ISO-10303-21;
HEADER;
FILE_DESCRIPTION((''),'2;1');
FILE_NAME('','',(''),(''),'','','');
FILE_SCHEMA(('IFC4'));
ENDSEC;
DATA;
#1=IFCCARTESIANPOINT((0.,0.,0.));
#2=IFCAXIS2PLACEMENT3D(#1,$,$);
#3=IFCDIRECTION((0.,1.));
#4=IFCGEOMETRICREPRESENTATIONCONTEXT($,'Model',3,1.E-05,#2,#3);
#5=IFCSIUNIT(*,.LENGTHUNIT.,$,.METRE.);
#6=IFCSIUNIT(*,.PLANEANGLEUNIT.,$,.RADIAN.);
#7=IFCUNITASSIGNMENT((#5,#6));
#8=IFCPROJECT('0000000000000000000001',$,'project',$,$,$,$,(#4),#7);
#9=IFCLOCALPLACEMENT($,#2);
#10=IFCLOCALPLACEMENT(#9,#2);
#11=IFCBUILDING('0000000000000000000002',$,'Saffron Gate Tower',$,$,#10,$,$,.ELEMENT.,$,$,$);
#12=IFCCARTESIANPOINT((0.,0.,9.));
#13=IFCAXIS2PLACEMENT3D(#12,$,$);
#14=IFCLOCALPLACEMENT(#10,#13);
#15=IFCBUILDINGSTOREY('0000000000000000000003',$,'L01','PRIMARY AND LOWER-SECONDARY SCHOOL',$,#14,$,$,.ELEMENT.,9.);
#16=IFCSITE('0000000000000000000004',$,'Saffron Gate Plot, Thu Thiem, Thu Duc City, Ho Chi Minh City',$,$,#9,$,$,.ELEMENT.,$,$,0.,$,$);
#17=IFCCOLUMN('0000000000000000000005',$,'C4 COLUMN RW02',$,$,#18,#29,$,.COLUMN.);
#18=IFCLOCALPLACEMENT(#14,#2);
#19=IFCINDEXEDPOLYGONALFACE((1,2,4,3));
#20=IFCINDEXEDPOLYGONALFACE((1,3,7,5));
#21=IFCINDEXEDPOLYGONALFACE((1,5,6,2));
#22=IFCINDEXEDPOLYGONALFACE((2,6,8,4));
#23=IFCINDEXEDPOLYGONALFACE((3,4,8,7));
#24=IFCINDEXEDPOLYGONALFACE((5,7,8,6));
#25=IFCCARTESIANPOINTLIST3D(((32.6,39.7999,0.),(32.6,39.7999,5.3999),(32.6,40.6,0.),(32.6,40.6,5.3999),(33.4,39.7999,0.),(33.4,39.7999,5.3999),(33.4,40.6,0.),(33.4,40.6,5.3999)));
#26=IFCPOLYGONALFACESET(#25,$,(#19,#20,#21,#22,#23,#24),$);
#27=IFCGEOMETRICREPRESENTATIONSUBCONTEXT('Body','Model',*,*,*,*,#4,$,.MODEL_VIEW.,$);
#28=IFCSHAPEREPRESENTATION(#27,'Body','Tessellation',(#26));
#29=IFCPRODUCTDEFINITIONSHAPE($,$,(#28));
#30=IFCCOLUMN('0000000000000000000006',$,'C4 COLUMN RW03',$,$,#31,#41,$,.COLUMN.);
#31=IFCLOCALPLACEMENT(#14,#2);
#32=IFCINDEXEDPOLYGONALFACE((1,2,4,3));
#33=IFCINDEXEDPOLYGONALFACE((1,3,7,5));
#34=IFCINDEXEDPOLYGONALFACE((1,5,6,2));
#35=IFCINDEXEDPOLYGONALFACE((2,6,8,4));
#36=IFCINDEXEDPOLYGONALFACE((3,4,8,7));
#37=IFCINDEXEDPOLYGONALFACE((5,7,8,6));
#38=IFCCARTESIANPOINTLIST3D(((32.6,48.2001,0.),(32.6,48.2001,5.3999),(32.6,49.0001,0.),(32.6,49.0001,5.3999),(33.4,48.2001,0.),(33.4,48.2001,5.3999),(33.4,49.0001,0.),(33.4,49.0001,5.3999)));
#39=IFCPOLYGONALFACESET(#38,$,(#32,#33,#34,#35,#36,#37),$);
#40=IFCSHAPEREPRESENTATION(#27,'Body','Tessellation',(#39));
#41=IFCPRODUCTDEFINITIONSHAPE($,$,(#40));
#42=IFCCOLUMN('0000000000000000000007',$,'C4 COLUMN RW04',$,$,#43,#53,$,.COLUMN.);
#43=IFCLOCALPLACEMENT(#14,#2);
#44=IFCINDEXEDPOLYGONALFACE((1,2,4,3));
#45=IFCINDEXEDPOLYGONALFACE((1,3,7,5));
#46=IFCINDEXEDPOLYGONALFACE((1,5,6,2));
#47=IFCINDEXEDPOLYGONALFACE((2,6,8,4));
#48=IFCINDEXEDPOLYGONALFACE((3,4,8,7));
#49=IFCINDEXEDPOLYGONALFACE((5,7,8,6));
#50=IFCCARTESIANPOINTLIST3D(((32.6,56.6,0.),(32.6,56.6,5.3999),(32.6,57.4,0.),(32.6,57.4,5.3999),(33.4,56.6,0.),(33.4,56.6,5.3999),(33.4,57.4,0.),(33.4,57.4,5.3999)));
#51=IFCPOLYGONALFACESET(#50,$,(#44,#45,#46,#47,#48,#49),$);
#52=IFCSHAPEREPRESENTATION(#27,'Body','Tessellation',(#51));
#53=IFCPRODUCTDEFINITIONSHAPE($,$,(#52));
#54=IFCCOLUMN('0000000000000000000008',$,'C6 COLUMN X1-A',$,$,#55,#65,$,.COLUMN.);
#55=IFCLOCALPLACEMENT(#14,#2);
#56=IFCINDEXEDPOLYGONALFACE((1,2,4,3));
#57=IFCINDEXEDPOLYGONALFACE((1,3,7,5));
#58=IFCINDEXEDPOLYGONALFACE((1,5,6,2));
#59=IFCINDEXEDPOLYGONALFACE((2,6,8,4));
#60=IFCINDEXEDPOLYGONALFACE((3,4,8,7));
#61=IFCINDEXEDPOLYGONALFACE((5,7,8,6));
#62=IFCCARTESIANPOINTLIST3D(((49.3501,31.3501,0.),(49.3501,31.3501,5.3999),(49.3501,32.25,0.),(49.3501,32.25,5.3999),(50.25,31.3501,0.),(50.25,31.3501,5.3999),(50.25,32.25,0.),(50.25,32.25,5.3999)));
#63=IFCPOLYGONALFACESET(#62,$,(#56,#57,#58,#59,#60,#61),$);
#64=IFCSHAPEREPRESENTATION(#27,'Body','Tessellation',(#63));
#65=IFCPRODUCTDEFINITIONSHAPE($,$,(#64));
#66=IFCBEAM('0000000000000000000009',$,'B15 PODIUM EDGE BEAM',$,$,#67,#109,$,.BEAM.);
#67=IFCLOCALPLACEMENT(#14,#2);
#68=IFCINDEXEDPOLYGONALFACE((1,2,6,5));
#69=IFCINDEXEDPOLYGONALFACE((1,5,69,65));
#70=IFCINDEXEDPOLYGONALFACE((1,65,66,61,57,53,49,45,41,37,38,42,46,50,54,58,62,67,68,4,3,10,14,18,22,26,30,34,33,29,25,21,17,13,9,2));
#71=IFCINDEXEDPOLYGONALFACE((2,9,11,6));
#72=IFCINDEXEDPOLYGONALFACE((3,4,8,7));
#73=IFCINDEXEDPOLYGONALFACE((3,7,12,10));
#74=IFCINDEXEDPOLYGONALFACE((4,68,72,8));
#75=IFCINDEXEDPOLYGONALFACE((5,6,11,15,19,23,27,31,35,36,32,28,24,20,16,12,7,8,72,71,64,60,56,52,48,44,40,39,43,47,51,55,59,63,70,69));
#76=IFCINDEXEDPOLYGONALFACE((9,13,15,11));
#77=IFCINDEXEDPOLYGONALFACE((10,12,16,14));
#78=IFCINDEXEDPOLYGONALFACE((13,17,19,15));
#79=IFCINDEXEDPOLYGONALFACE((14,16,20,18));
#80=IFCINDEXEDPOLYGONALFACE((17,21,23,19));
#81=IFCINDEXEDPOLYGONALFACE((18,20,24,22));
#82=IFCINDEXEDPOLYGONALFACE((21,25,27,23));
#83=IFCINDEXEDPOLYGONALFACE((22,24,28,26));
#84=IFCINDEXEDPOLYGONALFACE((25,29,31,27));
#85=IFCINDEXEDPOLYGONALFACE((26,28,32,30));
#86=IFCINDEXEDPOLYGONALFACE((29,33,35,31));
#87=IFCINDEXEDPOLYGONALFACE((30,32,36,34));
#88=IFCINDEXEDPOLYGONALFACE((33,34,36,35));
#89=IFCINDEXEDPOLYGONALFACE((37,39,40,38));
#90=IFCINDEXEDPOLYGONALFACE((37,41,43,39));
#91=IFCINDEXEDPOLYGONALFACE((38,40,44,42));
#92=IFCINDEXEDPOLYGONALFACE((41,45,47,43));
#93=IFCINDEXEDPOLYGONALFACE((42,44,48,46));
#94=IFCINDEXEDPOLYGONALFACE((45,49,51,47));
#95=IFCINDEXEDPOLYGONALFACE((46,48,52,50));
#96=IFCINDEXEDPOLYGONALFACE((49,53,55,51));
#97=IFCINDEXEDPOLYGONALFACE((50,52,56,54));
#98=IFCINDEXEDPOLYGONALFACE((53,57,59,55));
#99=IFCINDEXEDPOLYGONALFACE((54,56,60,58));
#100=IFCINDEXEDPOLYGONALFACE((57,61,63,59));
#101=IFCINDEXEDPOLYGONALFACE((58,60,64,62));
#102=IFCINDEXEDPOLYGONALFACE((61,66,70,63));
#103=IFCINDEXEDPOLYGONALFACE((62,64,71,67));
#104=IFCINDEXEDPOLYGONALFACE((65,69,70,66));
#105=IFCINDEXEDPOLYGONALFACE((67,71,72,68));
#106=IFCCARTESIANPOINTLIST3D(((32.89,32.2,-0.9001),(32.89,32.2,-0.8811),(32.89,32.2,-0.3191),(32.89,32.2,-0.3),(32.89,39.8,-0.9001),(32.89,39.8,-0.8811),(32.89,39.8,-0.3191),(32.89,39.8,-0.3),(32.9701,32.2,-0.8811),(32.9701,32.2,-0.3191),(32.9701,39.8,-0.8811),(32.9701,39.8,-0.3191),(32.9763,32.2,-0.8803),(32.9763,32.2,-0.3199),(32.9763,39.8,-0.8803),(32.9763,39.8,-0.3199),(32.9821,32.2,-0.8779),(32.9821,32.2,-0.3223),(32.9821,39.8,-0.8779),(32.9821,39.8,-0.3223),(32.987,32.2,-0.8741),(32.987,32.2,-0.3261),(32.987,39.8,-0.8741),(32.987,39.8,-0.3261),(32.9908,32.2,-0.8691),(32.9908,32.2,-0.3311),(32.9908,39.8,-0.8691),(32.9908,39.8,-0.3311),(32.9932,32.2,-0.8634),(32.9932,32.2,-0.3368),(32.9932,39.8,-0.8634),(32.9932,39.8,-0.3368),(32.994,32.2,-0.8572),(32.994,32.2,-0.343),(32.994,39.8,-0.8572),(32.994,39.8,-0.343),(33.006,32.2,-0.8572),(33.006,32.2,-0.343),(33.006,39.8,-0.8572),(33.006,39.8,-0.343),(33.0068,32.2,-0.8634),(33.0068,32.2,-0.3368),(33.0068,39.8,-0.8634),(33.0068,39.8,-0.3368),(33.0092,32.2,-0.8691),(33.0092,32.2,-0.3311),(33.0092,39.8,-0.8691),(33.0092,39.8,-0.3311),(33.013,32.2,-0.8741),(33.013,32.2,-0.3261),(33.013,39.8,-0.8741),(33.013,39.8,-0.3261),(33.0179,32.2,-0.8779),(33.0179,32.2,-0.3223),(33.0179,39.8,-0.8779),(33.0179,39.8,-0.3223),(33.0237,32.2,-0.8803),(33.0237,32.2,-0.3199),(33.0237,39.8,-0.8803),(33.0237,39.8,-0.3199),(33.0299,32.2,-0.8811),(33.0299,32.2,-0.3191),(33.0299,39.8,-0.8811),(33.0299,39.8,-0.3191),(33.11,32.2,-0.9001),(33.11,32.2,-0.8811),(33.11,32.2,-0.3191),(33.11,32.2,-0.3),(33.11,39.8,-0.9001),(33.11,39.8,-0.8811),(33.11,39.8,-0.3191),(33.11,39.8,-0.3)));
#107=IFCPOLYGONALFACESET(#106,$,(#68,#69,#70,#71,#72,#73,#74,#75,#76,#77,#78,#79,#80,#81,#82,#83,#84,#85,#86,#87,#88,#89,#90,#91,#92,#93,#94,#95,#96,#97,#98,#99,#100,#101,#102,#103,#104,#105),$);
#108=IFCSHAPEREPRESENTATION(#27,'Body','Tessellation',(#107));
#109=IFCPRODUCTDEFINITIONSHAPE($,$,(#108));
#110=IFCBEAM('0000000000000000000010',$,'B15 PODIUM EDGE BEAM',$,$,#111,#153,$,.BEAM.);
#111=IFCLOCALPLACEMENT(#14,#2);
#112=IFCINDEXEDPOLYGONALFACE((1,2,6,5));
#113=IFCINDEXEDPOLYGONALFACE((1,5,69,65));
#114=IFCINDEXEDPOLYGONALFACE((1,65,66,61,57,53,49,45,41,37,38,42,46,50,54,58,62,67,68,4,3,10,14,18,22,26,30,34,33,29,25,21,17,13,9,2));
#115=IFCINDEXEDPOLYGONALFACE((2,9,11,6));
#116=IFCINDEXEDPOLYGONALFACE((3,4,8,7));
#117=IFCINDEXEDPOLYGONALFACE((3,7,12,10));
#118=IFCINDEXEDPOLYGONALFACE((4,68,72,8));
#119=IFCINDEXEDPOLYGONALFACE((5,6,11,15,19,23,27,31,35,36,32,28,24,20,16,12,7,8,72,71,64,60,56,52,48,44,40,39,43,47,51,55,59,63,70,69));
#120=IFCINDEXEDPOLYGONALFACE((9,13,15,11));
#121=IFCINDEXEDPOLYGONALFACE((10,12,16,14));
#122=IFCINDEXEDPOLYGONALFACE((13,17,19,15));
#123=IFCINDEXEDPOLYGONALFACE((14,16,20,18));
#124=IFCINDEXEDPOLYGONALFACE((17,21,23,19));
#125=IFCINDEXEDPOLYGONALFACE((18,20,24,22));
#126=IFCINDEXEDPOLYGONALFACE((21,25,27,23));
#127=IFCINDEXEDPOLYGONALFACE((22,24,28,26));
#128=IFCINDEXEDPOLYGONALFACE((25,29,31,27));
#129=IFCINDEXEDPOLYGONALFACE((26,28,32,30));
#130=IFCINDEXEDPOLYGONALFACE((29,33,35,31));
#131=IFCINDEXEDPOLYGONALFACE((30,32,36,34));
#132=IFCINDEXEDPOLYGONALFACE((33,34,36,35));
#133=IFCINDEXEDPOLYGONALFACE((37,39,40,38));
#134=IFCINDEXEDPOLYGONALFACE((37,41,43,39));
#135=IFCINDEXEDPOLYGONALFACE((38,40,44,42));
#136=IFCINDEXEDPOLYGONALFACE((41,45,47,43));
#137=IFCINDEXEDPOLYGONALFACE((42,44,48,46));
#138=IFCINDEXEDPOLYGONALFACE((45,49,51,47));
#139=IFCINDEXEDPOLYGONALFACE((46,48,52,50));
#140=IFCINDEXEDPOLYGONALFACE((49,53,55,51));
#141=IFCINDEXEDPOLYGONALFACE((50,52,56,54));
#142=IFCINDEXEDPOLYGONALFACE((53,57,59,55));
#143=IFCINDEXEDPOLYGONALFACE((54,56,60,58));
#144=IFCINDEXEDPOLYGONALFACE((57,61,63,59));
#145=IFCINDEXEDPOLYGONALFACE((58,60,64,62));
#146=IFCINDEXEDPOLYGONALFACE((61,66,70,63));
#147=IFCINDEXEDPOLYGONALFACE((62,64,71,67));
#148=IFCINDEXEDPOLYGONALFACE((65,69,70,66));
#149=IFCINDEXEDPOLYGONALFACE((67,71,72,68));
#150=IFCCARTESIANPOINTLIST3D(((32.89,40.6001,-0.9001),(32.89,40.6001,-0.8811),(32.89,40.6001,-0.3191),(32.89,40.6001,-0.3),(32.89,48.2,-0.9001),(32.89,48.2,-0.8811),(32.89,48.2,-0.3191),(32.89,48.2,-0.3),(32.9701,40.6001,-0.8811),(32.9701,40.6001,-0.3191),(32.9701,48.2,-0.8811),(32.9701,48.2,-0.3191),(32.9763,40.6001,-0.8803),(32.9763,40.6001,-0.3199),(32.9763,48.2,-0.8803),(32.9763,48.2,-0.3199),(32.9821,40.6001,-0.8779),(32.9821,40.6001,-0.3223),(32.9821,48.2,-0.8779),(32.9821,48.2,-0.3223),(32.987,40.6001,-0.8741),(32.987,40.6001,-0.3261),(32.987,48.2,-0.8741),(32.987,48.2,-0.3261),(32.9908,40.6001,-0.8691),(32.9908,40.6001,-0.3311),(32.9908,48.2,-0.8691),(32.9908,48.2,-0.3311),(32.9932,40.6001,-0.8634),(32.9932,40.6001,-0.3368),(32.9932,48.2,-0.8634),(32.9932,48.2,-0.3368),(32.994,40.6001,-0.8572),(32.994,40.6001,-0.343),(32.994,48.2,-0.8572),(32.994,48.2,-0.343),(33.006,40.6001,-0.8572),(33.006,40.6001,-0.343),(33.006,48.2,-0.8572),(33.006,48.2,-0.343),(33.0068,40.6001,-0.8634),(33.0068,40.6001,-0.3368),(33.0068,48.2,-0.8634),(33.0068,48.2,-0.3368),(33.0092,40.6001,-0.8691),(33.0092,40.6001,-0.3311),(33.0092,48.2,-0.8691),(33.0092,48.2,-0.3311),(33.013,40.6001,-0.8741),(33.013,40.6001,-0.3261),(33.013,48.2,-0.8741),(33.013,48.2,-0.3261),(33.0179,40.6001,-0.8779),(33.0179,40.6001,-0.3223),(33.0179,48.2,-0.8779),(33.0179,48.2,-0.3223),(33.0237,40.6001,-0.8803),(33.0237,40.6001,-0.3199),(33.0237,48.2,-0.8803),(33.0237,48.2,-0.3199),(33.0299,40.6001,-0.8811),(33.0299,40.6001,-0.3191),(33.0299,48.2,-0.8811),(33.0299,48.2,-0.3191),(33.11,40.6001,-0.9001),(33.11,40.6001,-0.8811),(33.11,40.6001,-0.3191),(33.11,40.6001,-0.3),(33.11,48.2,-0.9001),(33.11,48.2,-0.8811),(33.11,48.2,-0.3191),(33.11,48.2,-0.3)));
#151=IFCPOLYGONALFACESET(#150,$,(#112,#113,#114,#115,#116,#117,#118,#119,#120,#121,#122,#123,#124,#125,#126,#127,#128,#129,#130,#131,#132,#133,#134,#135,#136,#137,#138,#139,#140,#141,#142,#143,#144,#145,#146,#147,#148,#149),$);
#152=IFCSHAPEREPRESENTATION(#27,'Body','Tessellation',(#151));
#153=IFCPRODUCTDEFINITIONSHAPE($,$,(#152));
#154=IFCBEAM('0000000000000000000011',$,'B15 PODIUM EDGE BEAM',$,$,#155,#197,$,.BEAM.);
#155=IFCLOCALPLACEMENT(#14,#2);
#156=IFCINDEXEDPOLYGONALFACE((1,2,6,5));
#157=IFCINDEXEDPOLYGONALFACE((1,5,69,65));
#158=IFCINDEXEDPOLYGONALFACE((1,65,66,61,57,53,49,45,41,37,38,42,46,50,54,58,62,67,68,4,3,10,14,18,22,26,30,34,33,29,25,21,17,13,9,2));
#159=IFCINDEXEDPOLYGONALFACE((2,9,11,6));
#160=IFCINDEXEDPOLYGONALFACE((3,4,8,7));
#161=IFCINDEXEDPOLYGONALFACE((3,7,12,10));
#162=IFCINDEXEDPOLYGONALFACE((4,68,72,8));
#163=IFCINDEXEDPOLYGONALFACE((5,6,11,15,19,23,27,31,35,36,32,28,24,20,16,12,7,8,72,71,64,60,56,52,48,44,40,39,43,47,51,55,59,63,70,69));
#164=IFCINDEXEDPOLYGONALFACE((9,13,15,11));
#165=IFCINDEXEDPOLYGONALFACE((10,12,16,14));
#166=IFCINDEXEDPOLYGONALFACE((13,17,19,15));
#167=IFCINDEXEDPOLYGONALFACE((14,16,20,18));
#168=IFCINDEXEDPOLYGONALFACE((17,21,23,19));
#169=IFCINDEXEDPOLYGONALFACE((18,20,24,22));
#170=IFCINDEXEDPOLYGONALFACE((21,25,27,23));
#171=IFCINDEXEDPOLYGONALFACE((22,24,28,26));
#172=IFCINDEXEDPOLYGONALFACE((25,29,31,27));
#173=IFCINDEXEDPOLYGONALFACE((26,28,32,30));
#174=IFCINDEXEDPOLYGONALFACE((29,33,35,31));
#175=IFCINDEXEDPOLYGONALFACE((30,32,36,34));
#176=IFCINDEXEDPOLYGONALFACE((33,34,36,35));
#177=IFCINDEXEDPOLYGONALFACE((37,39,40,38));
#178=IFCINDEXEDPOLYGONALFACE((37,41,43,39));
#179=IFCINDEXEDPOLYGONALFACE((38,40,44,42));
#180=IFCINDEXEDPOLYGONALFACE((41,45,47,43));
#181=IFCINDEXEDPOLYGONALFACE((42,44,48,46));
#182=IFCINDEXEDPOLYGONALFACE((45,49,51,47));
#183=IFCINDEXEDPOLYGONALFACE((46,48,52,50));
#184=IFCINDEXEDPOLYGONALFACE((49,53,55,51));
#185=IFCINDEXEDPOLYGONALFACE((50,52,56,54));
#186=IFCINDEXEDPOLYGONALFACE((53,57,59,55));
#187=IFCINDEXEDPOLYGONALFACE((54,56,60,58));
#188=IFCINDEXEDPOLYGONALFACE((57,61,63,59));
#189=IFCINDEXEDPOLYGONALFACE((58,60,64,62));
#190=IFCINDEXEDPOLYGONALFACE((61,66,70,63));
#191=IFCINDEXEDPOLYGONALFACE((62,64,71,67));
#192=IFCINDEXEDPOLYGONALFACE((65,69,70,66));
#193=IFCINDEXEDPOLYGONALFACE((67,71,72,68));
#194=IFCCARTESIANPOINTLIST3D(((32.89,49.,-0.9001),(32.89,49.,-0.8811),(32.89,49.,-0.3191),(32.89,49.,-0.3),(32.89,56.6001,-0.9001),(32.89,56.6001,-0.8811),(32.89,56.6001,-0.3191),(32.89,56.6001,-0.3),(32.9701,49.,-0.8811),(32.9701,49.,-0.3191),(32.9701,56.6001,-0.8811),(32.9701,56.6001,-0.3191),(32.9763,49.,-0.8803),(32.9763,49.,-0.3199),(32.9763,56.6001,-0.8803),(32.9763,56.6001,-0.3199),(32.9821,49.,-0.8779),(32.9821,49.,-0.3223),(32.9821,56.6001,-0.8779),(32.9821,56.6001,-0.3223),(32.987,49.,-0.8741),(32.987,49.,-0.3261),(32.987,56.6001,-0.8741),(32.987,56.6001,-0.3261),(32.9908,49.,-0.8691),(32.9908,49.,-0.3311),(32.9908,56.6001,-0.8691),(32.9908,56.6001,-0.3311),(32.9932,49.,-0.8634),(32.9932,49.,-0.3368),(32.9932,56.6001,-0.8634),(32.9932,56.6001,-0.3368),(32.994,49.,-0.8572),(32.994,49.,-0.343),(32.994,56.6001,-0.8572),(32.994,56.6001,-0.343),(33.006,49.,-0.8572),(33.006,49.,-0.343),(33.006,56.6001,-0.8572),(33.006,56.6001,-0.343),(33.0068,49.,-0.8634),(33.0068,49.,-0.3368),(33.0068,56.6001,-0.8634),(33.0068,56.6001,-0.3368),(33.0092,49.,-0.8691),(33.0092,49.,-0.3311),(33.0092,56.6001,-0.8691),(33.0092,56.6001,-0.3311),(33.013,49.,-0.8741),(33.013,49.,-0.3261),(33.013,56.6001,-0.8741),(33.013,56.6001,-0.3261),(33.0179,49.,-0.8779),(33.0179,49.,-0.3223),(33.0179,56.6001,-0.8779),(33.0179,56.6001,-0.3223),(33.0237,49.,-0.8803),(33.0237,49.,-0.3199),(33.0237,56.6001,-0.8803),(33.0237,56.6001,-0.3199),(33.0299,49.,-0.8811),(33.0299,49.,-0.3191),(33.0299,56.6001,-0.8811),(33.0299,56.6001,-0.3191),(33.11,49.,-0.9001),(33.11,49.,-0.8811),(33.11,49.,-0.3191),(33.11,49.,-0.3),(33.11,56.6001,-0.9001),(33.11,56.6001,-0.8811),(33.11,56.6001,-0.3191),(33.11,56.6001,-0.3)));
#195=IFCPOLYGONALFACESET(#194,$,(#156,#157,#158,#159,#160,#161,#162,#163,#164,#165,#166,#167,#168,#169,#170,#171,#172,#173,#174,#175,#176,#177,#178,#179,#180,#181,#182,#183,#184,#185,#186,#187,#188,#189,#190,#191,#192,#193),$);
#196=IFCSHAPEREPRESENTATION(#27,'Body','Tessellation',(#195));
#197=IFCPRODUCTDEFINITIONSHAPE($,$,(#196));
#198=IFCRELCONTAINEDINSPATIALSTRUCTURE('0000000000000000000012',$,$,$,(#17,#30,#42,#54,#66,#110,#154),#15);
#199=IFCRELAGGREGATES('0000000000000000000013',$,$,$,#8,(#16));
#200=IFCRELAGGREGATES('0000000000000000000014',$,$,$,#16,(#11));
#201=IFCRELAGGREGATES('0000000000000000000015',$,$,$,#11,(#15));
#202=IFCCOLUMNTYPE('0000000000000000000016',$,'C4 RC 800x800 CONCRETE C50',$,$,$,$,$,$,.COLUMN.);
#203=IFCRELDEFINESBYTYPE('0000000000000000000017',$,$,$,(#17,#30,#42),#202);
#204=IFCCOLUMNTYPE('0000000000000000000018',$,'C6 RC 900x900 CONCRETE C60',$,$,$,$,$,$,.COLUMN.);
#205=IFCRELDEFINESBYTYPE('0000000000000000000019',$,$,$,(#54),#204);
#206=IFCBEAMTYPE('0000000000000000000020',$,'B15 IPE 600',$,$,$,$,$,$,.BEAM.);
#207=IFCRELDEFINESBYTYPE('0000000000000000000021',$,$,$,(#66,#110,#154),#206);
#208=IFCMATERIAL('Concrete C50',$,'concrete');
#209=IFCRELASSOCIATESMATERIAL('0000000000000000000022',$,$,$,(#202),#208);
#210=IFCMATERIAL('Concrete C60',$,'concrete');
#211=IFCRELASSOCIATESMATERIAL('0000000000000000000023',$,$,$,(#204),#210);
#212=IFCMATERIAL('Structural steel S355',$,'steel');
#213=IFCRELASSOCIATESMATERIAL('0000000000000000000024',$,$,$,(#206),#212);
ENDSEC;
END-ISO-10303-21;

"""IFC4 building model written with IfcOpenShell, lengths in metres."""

from ifc_helpers import new_model, si_unit, direction, frame, origin, origin_2d, place, context, subcontext, project, spatial, rectangle, i_section, extrude, material, material_profile, profile_set, type_object, element, save


model = new_model("IFC4")

# Units and contexts
model_context = context("Model", 3, precision=1e-05, world=origin(), true_north=direction((0.0, 1.0)))
body_context = subcontext(model_context, "Body", "Model", "MODEL_VIEW")
ifc_project = project(units=[si_unit("LENGTHUNIT", "METRE"), si_unit("PLANEANGLEUNIT", "RADIAN")], contexts=[model_context])

# Site, building, storey
site_placement = place(None, origin())
site = spatial("IfcSite", under=ifc_project, at=site_placement, Name="Saffron Gate Plot, Thu Thiem, Thu Duc City, Ho Chi Minh City", CompositionType="ELEMENT", RefElevation=0.0)
building_placement = place(site_placement, origin())
building = spatial("IfcBuilding", under=site, at=building_placement, Name="Saffron Gate Tower", CompositionType="ELEMENT")
storey_placement = place(building_placement, frame((0.0, 0.0, 9.0)))
storey = spatial("IfcBuildingStorey", under=building, at=storey_placement, Name="L01", Description="PRIMARY AND LOWER-SECONDARY SCHOOL", CompositionType="ELEMENT", Elevation=9.0)

# Columns
ifc_material_1 = material(Name="Concrete C50", Category="concrete")
ifc_material_profile_1 = material_profile(ifc_material_1, rectangle(XDim=0.8, YDim=0.8, at=origin_2d()))
ifc_profile_set_1 = profile_set([ifc_material_profile_1], Name="Concrete C50")
column_type_1 = type_object("IfcColumnType", Name="C4 RC 800x800 CONCRETE C50", PredefinedType="COLUMN", material=ifc_profile_set_1)
for number, where, z_axis, x_axis, name in (
    (1, (33.0, 40.2, 0.0), (0.0, 0.0, 1.0), (1.0, 0.0, 0.0), "C4 COLUMN RW02"),
    (2, (33.0, 48.6001, 0.0), (0.0, 0.0, 1.0), (1.0, 0.0, 0.0), "C4 COLUMN RW03"),
    (3, (33.0, 57.0, 0.0), (0.0, 0.0, 1.0), (1.0, 0.0, 0.0), "C4 COLUMN RW04"),
):
    element("IfcColumn", number, at=place(storey_placement, frame(where, z_axis=z_axis, x_axis=x_axis)), inside=storey, type_object=column_type_1, Name=name, PredefinedType="COLUMN", context=body_context, shape_type="SweptSolid", body=[
        extrude(rectangle(XDim=0.8, YDim=0.8, at=origin_2d()), origin(), (0.0, 0.0, 1.0), 5.3999),
    ])
ifc_material_2 = material(Name="Concrete C60", Category="concrete")
ifc_material_profile_2 = material_profile(ifc_material_2, rectangle(XDim=0.8999, YDim=0.8999, at=origin_2d()))
ifc_profile_set_2 = profile_set([ifc_material_profile_2], Name="Concrete C60")
column_type_2 = type_object("IfcColumnType", Name="C6 RC 900x900 CONCRETE C60", PredefinedType="COLUMN", material=ifc_profile_set_2)
column_placement = place(storey_placement, frame((49.8, 31.8, 0.0), z_axis=(0.0, 0.0, 1.0), x_axis=(1.0, 0.0, 0.0)))
element("IfcColumn", 4, at=column_placement, inside=storey, type_object=column_type_2, Name="C6 COLUMN X1-A", PredefinedType="COLUMN", context=body_context, shape_type="SweptSolid", body=[
    extrude(rectangle(XDim=0.8999, YDim=0.8999, at=origin_2d()), origin(), (0.0, 0.0, 1.0), 5.3999),
])

# Beams
ifc_material_3 = material(Name="Structural steel S355", Category="steel")
ifc_material_profile_3 = material_profile(ifc_material_3, i_section(OverallWidth=0.22, OverallDepth=0.6001, WebThickness=0.012, FlangeThickness=0.019, FilletRadius=0.0239, at=origin_2d()))
ifc_profile_set_3 = profile_set([ifc_material_profile_3], Name="Structural steel S355")
beam_type_1 = type_object("IfcBeamType", Name="B15 IPE 600", PredefinedType="BEAM", material=ifc_profile_set_3)
beam_1_placement = place(storey_placement, frame((33.0, 32.2, -0.6001), z_axis=(0.0, 1.0, 0.0), x_axis=(-1.0, 0.0, 0.0)))
element("IfcBeam", 5, at=beam_1_placement, inside=storey, type_object=beam_type_1, Name="B15 PODIUM EDGE BEAM", PredefinedType="BEAM", context=body_context, shape_type="SweptSolid", body=[
    extrude(i_section(OverallWidth=0.22, OverallDepth=0.6001, WebThickness=0.012, FlangeThickness=0.019, FilletRadius=0.0239, at=origin_2d()), origin(), (0.0, 0.0, 1.0), 7.6001),
])
beam_2_placement = place(storey_placement, frame((33.0, 40.6001, -0.6001), z_axis=(0.0, 1.0, 0.0), x_axis=(-1.0, 0.0, 0.0)))
element("IfcBeam", 6, at=beam_2_placement, inside=storey, type_object=beam_type_1, Name="B15 PODIUM EDGE BEAM", PredefinedType="BEAM", context=body_context, shape_type="SweptSolid", body=[
    extrude(i_section(OverallWidth=0.22, OverallDepth=0.6001, WebThickness=0.012, FlangeThickness=0.019, FilletRadius=0.0239, at=origin_2d()), origin(), (0.0, 0.0, 1.0), 7.5999),
])
beam_3_placement = place(storey_placement, frame((33.0, 49.0, -0.6001), z_axis=(0.0, 1.0, 0.0), x_axis=(-1.0, 0.0, 0.0)))
element("IfcBeam", 7, at=beam_3_placement, inside=storey, type_object=beam_type_1, Name="B15 PODIUM EDGE BEAM", PredefinedType="BEAM", context=body_context, shape_type="SweptSolid", body=[
    extrude(i_section(OverallWidth=0.22, OverallDepth=0.6001, WebThickness=0.012, FlangeThickness=0.019, FilletRadius=0.0239, at=origin_2d()), origin(), (0.0, 0.0, 1.0), 7.6001),
])

save(model, "model.ifc")
